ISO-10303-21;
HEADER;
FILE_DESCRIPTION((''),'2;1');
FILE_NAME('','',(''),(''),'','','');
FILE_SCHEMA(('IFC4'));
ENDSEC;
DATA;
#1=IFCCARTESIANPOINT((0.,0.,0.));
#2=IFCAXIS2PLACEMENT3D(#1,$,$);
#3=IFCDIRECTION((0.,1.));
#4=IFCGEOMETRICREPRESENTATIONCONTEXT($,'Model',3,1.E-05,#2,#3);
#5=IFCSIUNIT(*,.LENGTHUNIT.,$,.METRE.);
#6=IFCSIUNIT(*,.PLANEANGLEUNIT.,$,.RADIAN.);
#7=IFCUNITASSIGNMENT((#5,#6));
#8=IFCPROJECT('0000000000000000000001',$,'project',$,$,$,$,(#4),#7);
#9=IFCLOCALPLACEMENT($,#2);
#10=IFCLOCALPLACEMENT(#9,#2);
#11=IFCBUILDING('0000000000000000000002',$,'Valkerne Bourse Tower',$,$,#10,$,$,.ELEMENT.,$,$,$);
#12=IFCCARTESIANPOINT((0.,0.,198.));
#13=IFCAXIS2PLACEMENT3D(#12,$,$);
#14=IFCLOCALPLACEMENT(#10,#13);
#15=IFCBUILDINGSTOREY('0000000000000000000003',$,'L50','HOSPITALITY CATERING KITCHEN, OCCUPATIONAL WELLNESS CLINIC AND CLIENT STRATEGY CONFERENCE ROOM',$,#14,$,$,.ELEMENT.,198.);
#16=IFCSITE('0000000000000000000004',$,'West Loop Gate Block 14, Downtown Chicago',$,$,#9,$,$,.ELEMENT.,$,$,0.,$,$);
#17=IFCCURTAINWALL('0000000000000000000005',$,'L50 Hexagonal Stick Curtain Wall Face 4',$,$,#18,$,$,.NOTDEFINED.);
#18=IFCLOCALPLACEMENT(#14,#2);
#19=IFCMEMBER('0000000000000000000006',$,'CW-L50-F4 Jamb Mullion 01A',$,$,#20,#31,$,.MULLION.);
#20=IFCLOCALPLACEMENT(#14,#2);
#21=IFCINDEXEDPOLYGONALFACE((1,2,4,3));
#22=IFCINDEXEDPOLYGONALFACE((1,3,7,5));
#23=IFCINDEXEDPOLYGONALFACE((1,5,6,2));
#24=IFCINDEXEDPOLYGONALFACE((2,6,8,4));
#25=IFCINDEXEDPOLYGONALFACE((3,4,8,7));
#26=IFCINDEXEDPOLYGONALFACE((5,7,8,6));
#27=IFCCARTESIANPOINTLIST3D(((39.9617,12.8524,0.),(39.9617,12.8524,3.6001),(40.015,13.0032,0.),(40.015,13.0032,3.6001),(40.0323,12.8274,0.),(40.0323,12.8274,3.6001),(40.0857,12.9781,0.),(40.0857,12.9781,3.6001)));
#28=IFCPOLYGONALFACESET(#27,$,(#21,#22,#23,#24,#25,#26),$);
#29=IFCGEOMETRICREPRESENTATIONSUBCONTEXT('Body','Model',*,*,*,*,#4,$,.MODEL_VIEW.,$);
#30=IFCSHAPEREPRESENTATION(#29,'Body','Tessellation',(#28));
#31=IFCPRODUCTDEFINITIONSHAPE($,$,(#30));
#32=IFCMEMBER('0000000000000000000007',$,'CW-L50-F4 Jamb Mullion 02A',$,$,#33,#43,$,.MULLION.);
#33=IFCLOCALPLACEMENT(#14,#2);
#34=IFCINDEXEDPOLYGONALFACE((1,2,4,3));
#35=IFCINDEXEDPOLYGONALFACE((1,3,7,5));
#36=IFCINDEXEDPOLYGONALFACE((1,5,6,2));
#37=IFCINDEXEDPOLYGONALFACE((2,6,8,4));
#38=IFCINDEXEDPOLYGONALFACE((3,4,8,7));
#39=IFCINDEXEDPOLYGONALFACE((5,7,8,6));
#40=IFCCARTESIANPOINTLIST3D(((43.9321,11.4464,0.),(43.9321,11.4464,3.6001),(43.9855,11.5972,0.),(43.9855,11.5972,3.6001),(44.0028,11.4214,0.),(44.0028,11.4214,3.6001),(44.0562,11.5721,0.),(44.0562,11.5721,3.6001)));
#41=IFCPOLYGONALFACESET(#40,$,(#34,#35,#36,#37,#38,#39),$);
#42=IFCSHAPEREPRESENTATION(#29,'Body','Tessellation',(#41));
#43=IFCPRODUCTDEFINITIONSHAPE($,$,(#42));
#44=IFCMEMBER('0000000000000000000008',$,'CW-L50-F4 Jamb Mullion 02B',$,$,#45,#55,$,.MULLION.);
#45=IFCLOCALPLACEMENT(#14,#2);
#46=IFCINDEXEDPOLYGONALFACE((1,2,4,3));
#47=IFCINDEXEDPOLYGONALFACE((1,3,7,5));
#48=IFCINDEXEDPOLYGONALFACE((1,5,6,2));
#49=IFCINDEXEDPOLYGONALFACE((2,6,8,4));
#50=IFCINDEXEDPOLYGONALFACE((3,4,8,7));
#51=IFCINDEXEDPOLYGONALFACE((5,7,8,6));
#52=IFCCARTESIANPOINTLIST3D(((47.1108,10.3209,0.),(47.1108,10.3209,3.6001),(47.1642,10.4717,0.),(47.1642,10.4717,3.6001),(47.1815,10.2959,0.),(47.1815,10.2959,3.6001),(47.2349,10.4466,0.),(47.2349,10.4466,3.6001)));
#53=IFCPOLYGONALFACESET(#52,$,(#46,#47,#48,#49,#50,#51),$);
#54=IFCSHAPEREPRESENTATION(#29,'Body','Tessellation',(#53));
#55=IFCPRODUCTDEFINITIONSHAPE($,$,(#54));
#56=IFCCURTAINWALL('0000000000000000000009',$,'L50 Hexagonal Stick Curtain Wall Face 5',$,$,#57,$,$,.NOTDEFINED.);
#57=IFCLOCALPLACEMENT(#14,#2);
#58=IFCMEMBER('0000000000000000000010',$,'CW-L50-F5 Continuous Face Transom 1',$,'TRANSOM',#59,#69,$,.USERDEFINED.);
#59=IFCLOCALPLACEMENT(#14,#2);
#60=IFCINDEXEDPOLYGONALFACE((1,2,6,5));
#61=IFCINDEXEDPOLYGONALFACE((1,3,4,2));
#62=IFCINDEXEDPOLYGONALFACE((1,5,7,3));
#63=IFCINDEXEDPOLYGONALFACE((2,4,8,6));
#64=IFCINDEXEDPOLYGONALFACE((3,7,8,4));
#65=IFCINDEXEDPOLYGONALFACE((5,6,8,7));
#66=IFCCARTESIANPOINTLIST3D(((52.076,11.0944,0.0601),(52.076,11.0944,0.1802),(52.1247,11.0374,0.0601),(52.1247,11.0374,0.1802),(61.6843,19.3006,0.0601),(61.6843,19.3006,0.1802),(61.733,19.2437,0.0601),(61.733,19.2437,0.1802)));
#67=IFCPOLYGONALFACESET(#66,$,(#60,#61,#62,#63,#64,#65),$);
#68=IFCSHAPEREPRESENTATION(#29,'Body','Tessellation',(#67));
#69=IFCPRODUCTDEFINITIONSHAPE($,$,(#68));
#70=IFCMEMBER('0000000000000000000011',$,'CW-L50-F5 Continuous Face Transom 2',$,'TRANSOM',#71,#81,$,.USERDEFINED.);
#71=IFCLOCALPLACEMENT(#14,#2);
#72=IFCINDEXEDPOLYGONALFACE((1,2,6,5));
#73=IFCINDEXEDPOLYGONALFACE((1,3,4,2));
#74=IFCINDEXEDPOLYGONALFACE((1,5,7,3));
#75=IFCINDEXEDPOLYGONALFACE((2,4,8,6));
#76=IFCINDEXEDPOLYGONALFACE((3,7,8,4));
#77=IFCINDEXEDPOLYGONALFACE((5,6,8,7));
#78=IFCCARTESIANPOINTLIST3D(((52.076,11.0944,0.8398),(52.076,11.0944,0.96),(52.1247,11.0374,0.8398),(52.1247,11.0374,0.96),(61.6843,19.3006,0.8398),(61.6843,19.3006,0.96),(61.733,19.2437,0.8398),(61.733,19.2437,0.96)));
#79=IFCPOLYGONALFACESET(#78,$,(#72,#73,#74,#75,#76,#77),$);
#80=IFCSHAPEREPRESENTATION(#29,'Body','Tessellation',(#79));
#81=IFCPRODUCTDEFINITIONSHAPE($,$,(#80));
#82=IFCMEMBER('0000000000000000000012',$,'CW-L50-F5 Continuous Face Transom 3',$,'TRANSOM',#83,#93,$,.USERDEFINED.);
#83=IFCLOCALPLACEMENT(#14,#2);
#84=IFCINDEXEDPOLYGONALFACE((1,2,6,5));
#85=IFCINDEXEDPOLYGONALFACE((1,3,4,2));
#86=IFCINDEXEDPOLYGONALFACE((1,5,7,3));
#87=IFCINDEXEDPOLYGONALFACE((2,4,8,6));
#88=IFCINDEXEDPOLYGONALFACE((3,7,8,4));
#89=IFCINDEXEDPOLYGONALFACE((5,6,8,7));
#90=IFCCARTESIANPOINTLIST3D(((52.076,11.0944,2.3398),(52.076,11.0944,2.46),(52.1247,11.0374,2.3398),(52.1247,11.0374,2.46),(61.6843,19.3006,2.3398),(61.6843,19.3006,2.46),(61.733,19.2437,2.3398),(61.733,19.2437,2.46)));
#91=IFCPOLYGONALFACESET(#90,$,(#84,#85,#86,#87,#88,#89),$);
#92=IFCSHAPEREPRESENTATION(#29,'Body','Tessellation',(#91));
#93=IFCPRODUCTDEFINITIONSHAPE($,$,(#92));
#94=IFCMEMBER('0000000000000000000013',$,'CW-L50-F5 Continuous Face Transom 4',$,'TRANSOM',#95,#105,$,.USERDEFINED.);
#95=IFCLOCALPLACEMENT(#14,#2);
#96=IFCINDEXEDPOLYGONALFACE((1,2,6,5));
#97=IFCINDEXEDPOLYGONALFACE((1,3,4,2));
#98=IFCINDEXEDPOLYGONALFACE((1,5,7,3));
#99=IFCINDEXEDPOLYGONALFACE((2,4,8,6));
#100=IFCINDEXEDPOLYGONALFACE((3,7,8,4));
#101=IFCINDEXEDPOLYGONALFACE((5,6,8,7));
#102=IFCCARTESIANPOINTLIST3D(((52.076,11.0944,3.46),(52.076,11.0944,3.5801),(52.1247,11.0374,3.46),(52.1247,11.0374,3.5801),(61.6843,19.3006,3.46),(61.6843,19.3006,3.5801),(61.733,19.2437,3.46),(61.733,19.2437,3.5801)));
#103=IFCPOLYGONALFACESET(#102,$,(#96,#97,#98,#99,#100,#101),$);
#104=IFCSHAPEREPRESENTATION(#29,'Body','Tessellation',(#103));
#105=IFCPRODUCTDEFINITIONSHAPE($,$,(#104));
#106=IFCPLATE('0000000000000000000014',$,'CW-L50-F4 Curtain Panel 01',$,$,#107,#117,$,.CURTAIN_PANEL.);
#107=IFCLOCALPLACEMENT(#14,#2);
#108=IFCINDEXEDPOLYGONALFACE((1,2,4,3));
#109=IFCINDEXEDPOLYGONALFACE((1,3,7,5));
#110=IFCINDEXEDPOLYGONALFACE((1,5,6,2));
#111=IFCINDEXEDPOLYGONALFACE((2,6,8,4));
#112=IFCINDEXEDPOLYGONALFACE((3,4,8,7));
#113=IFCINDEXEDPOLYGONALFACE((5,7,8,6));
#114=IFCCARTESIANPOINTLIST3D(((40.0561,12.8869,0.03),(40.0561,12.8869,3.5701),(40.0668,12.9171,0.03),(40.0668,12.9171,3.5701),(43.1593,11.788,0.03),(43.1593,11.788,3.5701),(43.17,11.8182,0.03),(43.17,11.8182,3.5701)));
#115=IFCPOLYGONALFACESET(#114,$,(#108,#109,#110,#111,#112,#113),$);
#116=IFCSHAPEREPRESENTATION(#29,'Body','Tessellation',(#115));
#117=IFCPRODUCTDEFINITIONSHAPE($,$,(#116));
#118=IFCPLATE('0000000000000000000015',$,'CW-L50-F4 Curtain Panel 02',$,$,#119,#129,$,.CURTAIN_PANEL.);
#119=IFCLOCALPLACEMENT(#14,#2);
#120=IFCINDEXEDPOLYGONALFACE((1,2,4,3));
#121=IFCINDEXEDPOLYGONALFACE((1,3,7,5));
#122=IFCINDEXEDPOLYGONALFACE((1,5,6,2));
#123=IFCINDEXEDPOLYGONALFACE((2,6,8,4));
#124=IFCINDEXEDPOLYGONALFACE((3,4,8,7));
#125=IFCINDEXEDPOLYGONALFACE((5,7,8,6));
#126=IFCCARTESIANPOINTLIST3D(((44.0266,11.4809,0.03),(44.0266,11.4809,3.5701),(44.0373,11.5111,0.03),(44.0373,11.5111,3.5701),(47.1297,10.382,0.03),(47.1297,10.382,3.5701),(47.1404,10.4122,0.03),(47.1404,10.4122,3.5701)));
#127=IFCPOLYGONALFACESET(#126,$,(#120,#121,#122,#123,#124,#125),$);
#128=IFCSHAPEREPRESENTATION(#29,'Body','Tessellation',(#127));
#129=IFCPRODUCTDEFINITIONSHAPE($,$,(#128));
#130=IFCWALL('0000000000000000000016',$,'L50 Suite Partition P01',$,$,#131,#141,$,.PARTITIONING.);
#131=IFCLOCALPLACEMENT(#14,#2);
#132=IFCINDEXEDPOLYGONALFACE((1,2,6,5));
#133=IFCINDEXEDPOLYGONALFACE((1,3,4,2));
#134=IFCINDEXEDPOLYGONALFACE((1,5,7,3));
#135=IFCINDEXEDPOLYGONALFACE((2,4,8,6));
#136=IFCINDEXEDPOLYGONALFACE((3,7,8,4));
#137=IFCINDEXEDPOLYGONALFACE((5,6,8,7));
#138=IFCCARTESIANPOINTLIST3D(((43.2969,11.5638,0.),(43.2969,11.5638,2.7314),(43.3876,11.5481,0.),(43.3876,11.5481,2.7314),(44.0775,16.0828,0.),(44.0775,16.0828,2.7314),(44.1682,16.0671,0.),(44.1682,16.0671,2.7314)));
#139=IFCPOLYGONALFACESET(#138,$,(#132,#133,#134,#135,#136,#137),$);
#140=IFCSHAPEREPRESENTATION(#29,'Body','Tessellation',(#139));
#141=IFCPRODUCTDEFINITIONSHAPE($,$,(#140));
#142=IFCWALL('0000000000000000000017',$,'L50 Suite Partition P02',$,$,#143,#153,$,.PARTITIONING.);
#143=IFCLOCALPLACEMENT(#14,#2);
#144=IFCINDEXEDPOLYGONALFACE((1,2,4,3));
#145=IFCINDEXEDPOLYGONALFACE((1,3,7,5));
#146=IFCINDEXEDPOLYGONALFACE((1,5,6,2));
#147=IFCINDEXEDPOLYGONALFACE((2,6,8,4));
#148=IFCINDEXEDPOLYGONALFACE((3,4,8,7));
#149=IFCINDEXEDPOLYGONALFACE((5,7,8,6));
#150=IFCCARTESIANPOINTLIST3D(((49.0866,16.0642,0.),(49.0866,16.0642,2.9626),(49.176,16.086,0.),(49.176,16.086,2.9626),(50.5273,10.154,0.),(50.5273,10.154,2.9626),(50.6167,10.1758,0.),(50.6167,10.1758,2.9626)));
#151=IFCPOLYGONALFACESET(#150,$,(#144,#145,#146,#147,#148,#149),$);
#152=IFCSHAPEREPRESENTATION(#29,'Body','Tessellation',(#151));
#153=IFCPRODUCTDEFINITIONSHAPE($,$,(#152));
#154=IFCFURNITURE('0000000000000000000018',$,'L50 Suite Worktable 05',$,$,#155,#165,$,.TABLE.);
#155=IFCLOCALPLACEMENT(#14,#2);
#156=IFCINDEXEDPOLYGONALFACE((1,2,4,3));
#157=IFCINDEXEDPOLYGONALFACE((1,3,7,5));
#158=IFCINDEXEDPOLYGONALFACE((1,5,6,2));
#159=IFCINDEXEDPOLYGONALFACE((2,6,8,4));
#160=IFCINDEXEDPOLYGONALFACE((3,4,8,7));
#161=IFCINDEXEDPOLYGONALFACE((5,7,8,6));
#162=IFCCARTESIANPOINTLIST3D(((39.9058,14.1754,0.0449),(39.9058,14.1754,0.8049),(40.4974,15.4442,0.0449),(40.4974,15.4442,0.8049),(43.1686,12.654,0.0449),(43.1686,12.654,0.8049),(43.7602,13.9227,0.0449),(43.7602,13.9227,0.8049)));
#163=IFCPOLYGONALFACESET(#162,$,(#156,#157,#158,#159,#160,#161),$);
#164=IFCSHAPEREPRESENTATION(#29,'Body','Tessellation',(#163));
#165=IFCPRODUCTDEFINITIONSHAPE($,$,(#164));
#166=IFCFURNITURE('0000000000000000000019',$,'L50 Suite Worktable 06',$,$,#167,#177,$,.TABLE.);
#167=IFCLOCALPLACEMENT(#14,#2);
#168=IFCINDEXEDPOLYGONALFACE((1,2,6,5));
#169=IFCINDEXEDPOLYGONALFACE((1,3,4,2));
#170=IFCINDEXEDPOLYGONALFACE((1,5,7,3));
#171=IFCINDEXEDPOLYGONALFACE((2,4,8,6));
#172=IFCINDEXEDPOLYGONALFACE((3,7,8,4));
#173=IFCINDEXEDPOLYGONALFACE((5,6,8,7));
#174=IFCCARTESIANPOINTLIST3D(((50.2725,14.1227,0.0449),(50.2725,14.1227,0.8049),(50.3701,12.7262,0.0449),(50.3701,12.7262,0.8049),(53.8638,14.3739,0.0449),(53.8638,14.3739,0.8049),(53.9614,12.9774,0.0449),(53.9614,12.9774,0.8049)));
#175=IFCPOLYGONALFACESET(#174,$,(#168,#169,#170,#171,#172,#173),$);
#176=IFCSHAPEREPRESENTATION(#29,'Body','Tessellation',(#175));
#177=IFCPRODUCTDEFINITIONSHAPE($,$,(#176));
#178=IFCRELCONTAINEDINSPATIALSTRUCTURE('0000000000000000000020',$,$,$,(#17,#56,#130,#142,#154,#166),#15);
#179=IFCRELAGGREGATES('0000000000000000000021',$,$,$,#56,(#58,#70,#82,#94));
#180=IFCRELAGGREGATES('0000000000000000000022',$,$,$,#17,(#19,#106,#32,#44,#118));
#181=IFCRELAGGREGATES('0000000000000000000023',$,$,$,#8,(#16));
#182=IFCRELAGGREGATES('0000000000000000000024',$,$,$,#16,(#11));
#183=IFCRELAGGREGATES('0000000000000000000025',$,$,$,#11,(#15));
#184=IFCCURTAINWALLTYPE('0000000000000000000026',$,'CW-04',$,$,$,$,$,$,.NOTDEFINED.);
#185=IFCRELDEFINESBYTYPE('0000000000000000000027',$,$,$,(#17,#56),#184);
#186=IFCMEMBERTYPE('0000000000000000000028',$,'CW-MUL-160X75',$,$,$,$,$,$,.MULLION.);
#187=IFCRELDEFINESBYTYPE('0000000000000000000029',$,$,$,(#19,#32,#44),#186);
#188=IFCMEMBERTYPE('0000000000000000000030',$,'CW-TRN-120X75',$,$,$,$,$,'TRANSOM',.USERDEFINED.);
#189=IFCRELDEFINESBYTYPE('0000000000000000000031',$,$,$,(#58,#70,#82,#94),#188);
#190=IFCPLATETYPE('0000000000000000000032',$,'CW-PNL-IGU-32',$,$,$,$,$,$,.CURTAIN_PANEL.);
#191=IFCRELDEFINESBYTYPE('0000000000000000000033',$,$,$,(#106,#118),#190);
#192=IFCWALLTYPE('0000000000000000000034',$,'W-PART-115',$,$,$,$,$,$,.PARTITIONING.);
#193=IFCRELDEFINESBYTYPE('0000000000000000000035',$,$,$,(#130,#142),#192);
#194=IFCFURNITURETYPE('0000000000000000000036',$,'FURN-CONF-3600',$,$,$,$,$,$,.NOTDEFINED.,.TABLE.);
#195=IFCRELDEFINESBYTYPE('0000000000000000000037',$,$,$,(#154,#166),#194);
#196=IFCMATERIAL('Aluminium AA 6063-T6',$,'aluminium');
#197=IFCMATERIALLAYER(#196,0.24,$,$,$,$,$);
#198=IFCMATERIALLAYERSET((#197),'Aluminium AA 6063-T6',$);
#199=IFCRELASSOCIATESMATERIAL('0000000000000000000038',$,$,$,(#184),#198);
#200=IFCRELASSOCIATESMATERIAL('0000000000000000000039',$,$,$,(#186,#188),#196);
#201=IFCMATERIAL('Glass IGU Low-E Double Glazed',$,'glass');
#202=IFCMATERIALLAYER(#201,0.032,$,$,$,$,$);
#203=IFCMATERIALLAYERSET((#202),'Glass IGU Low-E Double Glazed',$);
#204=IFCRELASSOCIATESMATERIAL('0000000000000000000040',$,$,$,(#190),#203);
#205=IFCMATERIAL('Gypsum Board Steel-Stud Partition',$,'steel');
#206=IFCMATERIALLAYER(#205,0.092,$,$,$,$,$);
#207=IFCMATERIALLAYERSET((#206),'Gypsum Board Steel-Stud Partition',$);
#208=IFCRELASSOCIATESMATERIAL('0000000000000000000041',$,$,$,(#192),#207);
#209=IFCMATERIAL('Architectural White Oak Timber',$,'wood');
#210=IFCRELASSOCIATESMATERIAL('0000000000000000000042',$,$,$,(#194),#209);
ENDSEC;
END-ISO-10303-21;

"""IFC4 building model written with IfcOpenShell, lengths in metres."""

from ifc_helpers import new_model, si_unit, direction, frame, frame_2d, origin, origin_2d, place, context, subcontext, project, spatial, rectangle, extrude, material, layer, layer_set, material_profile, profile_set, type_object, element, aggregate, save


model = new_model("IFC4")

# Units and contexts
model_context = context("Model", 3, precision=1e-05, world=origin(), true_north=direction((0.0, 1.0)))
body_context = subcontext(model_context, "Body", "Model", "MODEL_VIEW")
ifc_project = project(units=[si_unit("LENGTHUNIT", "METRE"), si_unit("PLANEANGLEUNIT", "RADIAN")], contexts=[model_context])

# Site, building, storey
site_placement = place(None, origin())
site = spatial("IfcSite", under=ifc_project, at=site_placement, Name="West Loop Gate Block 14, Downtown Chicago", CompositionType="ELEMENT", RefElevation=0.0)
building_placement = place(site_placement, origin())
building = spatial("IfcBuilding", under=site, at=building_placement, Name="Valkerne Bourse Tower", CompositionType="ELEMENT")
storey_placement = place(building_placement, frame((0.0, 0.0, 198.0)))
storey = spatial("IfcBuildingStorey", under=building, at=storey_placement, Name="L50", Description="HOSPITALITY CATERING KITCHEN, OCCUPATIONAL WELLNESS CLINIC AND CLIENT STRATEGY CONFERENCE ROOM", CompositionType="ELEMENT", Elevation=198.0)

# Curtain walls, members
ifc_material_1 = material(Name="Aluminium AA 6063-T6", Category="aluminium")
ifc_layer_1 = layer(ifc_material_1, 0.24)
ifc_layer_set_1 = layer_set([ifc_layer_1], Name="Aluminium AA 6063-T6")
curtain_wall_type = type_object("IfcCurtainWallType", Name="CW-04", PredefinedType="NOTDEFINED", material=ifc_layer_set_1)
curtain_wall_1_placement = place(storey_placement, origin())
curtain_wall_1 = element("IfcCurtainWall", 1, at=curtain_wall_1_placement, inside=storey, type_object=curtain_wall_type, Name="L50 Hexagonal Stick Curtain Wall Face 4", PredefinedType="NOTDEFINED")
ifc_material_profile_1 = material_profile(ifc_material_1, rectangle(XDim=0.075, YDim=0.1599, at=origin_2d()), Name="CWM-75X160")
ifc_profile_set_1 = profile_set([ifc_material_profile_1], Name="Aluminium AA 6063-T6")
member_type_1 = type_object("IfcMemberType", Name="CW-MUL-160X75", PredefinedType="MULLION", material=ifc_profile_set_1)
member_1_placement = place(storey_placement, frame((40.0237, 12.9153, 0.0), z_axis=(0.0, 0.0, 1.0), x_axis=(0.942641, -0.333808, 0.0)))
member_1 = element("IfcMember", 2, at=member_1_placement, type_object=member_type_1, Name="CW-L50-F4 Jamb Mullion 01A", PredefinedType="MULLION", context=body_context, shape_type="SweptSolid", body=[
    extrude(rectangle(XDim=0.075, YDim=0.1599, at=origin_2d()), origin(), (0.0, 0.0, 1.0), 3.6001),
])
member_2_placement = place(storey_placement, frame((43.9941, 11.5093, 0.0), z_axis=(0.0, 0.0, 1.0), x_axis=(0.942641, -0.333808, 0.0)))
member_2 = element("IfcMember", 3, at=member_2_placement, type_object=member_type_1, Name="CW-L50-F4 Jamb Mullion 02A", PredefinedType="MULLION", context=body_context, shape_type="SweptSolid", body=[
    extrude(rectangle(XDim=0.075, YDim=0.1599, at=origin_2d()), origin(), (0.0, 0.0, 1.0), 3.6001),
])
member_3_placement = place(storey_placement, frame((47.1729, 10.3838, 0.0), z_axis=(0.0, 0.0, 1.0), x_axis=(0.942641, -0.333808, 0.0)))
member_3 = element("IfcMember", 4, at=member_3_placement, type_object=member_type_1, Name="CW-L50-F4 Jamb Mullion 02B", PredefinedType="MULLION", context=body_context, shape_type="SweptSolid", body=[
    extrude(rectangle(XDim=0.075, YDim=0.1599, at=origin_2d()), origin(), (0.0, 0.0, 1.0), 3.6001),
])
curtain_wall_2_placement = place(storey_placement, origin())
curtain_wall_2 = element("IfcCurtainWall", 5, at=curtain_wall_2_placement, inside=storey, type_object=curtain_wall_type, Name="L50 Hexagonal Stick Curtain Wall Face 5", PredefinedType="NOTDEFINED")
ifc_material_profile_2 = material_profile(ifc_material_1, rectangle(XDim=0.075, YDim=0.1201, at=origin_2d()), Name="CWT-75X120")
ifc_profile_set_2 = profile_set([ifc_material_profile_2], Name="Aluminium AA 6063-T6")
member_type_2 = type_object("IfcMemberType", Name="CW-TRN-120X75", ElementType="TRANSOM", PredefinedType="USERDEFINED", material=ifc_profile_set_2)
member_4_placement = place(storey_placement, frame((52.1003, 11.0659, 0.1201), z_axis=(0.760408, 0.649446, 0.0), x_axis=(-0.649446, 0.760408, 0.0)))
member_4 = element("IfcMember", 6, at=member_4_placement, type_object=member_type_2, Name="CW-L50-F5 Continuous Face Transom 1", ObjectType="TRANSOM", PredefinedType="USERDEFINED", context=body_context, shape_type="SweptSolid", body=[
    extrude(rectangle(XDim=0.075, YDim=0.1201, at=origin_2d()), origin(), (0.0, 0.0, 1.0), 12.6357),
])
member_5_placement = place(storey_placement, frame((52.1003, 11.0659, 0.8999), z_axis=(0.760408, 0.649446, 0.0), x_axis=(-0.649446, 0.760408, 0.0)))
member_5 = element("IfcMember", 7, at=member_5_placement, type_object=member_type_2, Name="CW-L50-F5 Continuous Face Transom 2", ObjectType="TRANSOM", PredefinedType="USERDEFINED", context=body_context, shape_type="SweptSolid", body=[
    extrude(rectangle(XDim=0.075, YDim=0.1201, at=origin_2d()), origin(), (0.0, 0.0, 1.0), 12.6357),
])
member_6_placement = place(storey_placement, frame((52.1003, 11.0659, 2.3999), z_axis=(0.760408, 0.649446, 0.0), x_axis=(-0.649446, 0.760408, 0.0)))
member_6 = element("IfcMember", 8, at=member_6_placement, type_object=member_type_2, Name="CW-L50-F5 Continuous Face Transom 3", ObjectType="TRANSOM", PredefinedType="USERDEFINED", context=body_context, shape_type="SweptSolid", body=[
    extrude(rectangle(XDim=0.075, YDim=0.1201, at=origin_2d()), origin(), (0.0, 0.0, 1.0), 12.6357),
])
member_7_placement = place(storey_placement, frame((52.1003, 11.0659, 3.52), z_axis=(0.760408, 0.649446, 0.0), x_axis=(-0.649446, 0.760408, 0.0)))
member_7 = element("IfcMember", 9, at=member_7_placement, type_object=member_type_2, Name="CW-L50-F5 Continuous Face Transom 4", ObjectType="TRANSOM", PredefinedType="USERDEFINED", context=body_context, shape_type="SweptSolid", body=[
    extrude(rectangle(XDim=0.075, YDim=0.1201, at=origin_2d()), origin(), (0.0, 0.0, 1.0), 12.6357),
])
aggregate(curtain_wall_2, [member_4, member_5, member_6, member_7])

# Plates
ifc_material_2 = material(Name="Glass IGU Low-E Double Glazed", Category="glass")
ifc_layer_2 = layer(ifc_material_2, 0.032)
ifc_layer_set_2 = layer_set([ifc_layer_2], Name="Glass IGU Low-E Double Glazed")
plate_type = type_object("IfcPlateType", Name="CW-PNL-IGU-32", PredefinedType="CURTAIN_PANEL", material=ifc_layer_set_2)
plate_1_placement = place(storey_placement, frame((41.613, 12.3525, 0.03), z_axis=(0.0, 0.0, 1.0), x_axis=(0.942641, -0.333808, 0.0)))
plate_1 = element("IfcPlate", 10, at=plate_1_placement, type_object=plate_type, Name="CW-L50-F4 Curtain Panel 01", PredefinedType="CURTAIN_PANEL", context=body_context, shape_type="SweptSolid", body=[
    extrude(rectangle(XDim=3.292, YDim=0.032, at=origin_2d()), origin(), (0.0, 0.0, 1.0), 3.54),
])
plate_2_placement = place(storey_placement, frame((45.5835, 10.9465, 0.03), z_axis=(0.0, 0.0, 1.0), x_axis=(0.942641, -0.333808, 0.0)))
plate_2 = element("IfcPlate", 11, at=plate_2_placement, type_object=plate_type, Name="CW-L50-F4 Curtain Panel 02", PredefinedType="CURTAIN_PANEL", context=body_context, shape_type="SweptSolid", body=[
    extrude(rectangle(XDim=3.292, YDim=0.032, at=origin_2d()), origin(), (0.0, 0.0, 1.0), 3.54),
])
aggregate(curtain_wall_1, [member_1, plate_1, member_2, member_3, plate_2])

# Walls
ifc_material_3 = material(Name="Gypsum Board Steel-Stud Partition", Category="steel")
ifc_layer_3 = layer(ifc_material_3, 0.092)
ifc_layer_set_3 = layer_set([ifc_layer_3], Name="Gypsum Board Steel-Stud Partition")
wall_type = type_object("IfcWallType", Name="W-PART-115", PredefinedType="PARTITIONING", material=ifc_layer_set_3)
wall_1_placement = place(storey_placement, frame((44.1228, 16.075, 0.0), z_axis=(0.0, 0.0, 1.0), x_axis=(-0.170197, -0.98541, 0.0)))
element("IfcWall", 12, at=wall_1_placement, inside=storey, type_object=wall_type, Name="L50 Suite Partition P01", PredefinedType="PARTITIONING", context=body_context, shape_type="SweptSolid", body=[
    extrude(rectangle(XDim=4.5859, YDim=0.092, at=frame_2d((2.293, 0.0))), origin(), (0.0, 0.0, 1.0), 2.7314),
])
wall_2_placement = place(storey_placement, frame((49.1313, 16.075, 0.0), z_axis=(0.0, 0.0, 1.0), x_axis=(0.236828, -0.971552, 0.0)))
element("IfcWall", 13, at=wall_2_placement, inside=storey, type_object=wall_type, Name="L50 Suite Partition P02", PredefinedType="PARTITIONING", context=body_context, shape_type="SweptSolid", body=[
    extrude(rectangle(XDim=6.0833, YDim=0.092, at=frame_2d((3.0415, 0.0))), origin(), (0.0, 0.0, 1.0), 2.9626),
])

# Furniture
ifc_material_4 = material(Name="Architectural White Oak Timber", Category="wood")
furniture_type = type_object("IfcFurnitureType", Name="FURN-CONF-3600", AssemblyPlace="NOTDEFINED", PredefinedType="TABLE", material=ifc_material_4)
for number, where, z_axis, x_axis, name in (
    (14, (41.833, 14.0491, 0.0449), (0.0, 0.0, 1.0), (-0.906308, 0.422618, 0.0), "L50 Suite Worktable 05"),
    (15, (52.1169, 13.55, 0.0449), (0.0, 0.0, 1.0), (0.997564, 0.069756, 0.0), "L50 Suite Worktable 06"),
):
    element("IfcFurniture", number, at=place(storey_placement, frame(where, z_axis=z_axis, x_axis=x_axis)), inside=storey, type_object=furniture_type, Name=name, PredefinedType="TABLE", context=body_context, shape_type="SweptSolid", body=[
        extrude(rectangle(XDim=3.6001, YDim=1.3999, at=origin_2d()), origin(), (0.0, 0.0, 1.0), 0.76),
    ])

save(model, "model.ifc")
